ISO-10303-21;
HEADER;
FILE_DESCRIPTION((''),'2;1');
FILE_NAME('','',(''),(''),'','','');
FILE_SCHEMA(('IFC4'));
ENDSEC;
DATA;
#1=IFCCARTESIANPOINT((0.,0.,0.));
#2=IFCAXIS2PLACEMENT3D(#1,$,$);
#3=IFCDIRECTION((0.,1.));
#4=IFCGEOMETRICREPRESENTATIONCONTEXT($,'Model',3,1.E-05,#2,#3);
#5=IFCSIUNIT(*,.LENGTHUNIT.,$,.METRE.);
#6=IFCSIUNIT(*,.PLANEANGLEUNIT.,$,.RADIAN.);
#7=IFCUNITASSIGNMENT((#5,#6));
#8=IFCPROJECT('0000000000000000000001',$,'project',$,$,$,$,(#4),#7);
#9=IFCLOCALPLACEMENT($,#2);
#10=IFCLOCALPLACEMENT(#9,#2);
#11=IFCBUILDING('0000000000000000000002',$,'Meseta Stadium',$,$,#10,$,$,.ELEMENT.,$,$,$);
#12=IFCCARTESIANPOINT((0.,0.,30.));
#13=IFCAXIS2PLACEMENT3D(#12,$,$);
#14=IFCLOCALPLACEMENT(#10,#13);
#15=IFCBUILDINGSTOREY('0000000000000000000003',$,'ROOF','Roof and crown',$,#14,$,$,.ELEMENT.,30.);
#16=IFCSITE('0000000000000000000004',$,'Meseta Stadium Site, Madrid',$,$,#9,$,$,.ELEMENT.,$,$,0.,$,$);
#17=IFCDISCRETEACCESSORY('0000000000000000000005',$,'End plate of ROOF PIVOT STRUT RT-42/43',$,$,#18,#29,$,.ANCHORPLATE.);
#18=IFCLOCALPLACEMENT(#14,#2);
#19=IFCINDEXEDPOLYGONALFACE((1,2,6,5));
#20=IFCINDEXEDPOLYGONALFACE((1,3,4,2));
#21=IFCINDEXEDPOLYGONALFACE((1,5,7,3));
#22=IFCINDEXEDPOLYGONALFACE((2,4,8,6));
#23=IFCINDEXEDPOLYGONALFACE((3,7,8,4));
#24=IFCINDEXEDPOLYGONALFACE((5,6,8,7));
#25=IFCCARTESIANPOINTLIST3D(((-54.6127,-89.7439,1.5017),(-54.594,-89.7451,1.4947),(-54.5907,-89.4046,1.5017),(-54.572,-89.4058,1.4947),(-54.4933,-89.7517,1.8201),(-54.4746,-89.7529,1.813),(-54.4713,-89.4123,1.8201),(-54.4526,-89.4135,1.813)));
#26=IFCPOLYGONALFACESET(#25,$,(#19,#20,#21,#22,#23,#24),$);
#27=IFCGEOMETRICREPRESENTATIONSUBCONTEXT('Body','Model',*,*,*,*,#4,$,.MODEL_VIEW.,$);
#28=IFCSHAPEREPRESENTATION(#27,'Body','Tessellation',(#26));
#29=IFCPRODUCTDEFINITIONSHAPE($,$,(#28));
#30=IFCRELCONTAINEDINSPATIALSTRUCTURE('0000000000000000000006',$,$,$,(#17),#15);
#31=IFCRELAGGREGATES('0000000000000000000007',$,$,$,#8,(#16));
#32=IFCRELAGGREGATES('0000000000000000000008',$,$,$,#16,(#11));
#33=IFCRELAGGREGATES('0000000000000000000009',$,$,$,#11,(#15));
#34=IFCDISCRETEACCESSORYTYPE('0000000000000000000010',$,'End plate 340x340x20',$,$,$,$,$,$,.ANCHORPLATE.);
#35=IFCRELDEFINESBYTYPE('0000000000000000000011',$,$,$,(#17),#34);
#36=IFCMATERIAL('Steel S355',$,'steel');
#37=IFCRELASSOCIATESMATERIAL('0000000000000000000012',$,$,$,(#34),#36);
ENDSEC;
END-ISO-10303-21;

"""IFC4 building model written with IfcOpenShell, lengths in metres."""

from ifc_helpers import new_model, si_unit, direction, frame, origin, origin_2d, place, context, subcontext, project, spatial, rectangle, extrude, material, material_profile, profile_set, type_object, element, save


model = new_model("IFC4")

# Units and contexts
model_context = context("Model", 3, precision=1e-05, world=origin(), true_north=direction((0.0, 1.0)))
body_context = subcontext(model_context, "Body", "Model", "MODEL_VIEW")
ifc_project = project(units=[si_unit("LENGTHUNIT", "METRE"), si_unit("PLANEANGLEUNIT", "RADIAN")], contexts=[model_context])

# Site, building, storey
site_placement = place(None, origin())
site = spatial("IfcSite", under=ifc_project, at=site_placement, Name="Meseta Stadium Site, Madrid", CompositionType="ELEMENT", RefElevation=0.0)
building_placement = place(site_placement, origin())
building = spatial("IfcBuilding", under=site, at=building_placement, Name="Meseta Stadium", CompositionType="ELEMENT")
storey_placement = place(building_placement, frame((0.0, 0.0, 30.0)))
storey = spatial("IfcBuildingStorey", under=building, at=storey_placement, Name="ROOF", Description="Roof and crown", CompositionType="ELEMENT", Elevation=30.0)

# Discrete accessory
ifc_material_1 = material(Name="Steel S355", Category="steel")
ifc_material_profile_1 = material_profile(ifc_material_1, rectangle(XDim=0.3401, YDim=0.3401, at=origin_2d()), Name="PL 340x340")
ifc_profile_set_1 = profile_set([ifc_material_profile_1], Name="Steel S355")
discrete_accessory_type_1 = type_object("IfcDiscreteAccessoryType", Name="End plate 340x340x20", PredefinedType="ANCHORPLATE", material=ifc_profile_set_1)
discrete_accessory_1_placement = place(storey_placement, frame((-54.542, -89.5781, 1.6609), z_axis=(0.934106, -0.060656, -0.351806), x_axis=(0.064799, 0.997898, 0.0)))
element("IfcDiscreteAccessory", 1, at=discrete_accessory_1_placement, inside=storey, type_object=discrete_accessory_type_1, Name="End plate of ROOF PIVOT STRUT RT-42/43", PredefinedType="ANCHORPLATE", context=body_context, shape_type="SweptSolid", body=[
    extrude(rectangle(XDim=0.3401, YDim=0.3401, at=origin_2d()), origin(), (0.0, 0.0, 1.0), 0.02),
])

save(model, "model.ifc")
